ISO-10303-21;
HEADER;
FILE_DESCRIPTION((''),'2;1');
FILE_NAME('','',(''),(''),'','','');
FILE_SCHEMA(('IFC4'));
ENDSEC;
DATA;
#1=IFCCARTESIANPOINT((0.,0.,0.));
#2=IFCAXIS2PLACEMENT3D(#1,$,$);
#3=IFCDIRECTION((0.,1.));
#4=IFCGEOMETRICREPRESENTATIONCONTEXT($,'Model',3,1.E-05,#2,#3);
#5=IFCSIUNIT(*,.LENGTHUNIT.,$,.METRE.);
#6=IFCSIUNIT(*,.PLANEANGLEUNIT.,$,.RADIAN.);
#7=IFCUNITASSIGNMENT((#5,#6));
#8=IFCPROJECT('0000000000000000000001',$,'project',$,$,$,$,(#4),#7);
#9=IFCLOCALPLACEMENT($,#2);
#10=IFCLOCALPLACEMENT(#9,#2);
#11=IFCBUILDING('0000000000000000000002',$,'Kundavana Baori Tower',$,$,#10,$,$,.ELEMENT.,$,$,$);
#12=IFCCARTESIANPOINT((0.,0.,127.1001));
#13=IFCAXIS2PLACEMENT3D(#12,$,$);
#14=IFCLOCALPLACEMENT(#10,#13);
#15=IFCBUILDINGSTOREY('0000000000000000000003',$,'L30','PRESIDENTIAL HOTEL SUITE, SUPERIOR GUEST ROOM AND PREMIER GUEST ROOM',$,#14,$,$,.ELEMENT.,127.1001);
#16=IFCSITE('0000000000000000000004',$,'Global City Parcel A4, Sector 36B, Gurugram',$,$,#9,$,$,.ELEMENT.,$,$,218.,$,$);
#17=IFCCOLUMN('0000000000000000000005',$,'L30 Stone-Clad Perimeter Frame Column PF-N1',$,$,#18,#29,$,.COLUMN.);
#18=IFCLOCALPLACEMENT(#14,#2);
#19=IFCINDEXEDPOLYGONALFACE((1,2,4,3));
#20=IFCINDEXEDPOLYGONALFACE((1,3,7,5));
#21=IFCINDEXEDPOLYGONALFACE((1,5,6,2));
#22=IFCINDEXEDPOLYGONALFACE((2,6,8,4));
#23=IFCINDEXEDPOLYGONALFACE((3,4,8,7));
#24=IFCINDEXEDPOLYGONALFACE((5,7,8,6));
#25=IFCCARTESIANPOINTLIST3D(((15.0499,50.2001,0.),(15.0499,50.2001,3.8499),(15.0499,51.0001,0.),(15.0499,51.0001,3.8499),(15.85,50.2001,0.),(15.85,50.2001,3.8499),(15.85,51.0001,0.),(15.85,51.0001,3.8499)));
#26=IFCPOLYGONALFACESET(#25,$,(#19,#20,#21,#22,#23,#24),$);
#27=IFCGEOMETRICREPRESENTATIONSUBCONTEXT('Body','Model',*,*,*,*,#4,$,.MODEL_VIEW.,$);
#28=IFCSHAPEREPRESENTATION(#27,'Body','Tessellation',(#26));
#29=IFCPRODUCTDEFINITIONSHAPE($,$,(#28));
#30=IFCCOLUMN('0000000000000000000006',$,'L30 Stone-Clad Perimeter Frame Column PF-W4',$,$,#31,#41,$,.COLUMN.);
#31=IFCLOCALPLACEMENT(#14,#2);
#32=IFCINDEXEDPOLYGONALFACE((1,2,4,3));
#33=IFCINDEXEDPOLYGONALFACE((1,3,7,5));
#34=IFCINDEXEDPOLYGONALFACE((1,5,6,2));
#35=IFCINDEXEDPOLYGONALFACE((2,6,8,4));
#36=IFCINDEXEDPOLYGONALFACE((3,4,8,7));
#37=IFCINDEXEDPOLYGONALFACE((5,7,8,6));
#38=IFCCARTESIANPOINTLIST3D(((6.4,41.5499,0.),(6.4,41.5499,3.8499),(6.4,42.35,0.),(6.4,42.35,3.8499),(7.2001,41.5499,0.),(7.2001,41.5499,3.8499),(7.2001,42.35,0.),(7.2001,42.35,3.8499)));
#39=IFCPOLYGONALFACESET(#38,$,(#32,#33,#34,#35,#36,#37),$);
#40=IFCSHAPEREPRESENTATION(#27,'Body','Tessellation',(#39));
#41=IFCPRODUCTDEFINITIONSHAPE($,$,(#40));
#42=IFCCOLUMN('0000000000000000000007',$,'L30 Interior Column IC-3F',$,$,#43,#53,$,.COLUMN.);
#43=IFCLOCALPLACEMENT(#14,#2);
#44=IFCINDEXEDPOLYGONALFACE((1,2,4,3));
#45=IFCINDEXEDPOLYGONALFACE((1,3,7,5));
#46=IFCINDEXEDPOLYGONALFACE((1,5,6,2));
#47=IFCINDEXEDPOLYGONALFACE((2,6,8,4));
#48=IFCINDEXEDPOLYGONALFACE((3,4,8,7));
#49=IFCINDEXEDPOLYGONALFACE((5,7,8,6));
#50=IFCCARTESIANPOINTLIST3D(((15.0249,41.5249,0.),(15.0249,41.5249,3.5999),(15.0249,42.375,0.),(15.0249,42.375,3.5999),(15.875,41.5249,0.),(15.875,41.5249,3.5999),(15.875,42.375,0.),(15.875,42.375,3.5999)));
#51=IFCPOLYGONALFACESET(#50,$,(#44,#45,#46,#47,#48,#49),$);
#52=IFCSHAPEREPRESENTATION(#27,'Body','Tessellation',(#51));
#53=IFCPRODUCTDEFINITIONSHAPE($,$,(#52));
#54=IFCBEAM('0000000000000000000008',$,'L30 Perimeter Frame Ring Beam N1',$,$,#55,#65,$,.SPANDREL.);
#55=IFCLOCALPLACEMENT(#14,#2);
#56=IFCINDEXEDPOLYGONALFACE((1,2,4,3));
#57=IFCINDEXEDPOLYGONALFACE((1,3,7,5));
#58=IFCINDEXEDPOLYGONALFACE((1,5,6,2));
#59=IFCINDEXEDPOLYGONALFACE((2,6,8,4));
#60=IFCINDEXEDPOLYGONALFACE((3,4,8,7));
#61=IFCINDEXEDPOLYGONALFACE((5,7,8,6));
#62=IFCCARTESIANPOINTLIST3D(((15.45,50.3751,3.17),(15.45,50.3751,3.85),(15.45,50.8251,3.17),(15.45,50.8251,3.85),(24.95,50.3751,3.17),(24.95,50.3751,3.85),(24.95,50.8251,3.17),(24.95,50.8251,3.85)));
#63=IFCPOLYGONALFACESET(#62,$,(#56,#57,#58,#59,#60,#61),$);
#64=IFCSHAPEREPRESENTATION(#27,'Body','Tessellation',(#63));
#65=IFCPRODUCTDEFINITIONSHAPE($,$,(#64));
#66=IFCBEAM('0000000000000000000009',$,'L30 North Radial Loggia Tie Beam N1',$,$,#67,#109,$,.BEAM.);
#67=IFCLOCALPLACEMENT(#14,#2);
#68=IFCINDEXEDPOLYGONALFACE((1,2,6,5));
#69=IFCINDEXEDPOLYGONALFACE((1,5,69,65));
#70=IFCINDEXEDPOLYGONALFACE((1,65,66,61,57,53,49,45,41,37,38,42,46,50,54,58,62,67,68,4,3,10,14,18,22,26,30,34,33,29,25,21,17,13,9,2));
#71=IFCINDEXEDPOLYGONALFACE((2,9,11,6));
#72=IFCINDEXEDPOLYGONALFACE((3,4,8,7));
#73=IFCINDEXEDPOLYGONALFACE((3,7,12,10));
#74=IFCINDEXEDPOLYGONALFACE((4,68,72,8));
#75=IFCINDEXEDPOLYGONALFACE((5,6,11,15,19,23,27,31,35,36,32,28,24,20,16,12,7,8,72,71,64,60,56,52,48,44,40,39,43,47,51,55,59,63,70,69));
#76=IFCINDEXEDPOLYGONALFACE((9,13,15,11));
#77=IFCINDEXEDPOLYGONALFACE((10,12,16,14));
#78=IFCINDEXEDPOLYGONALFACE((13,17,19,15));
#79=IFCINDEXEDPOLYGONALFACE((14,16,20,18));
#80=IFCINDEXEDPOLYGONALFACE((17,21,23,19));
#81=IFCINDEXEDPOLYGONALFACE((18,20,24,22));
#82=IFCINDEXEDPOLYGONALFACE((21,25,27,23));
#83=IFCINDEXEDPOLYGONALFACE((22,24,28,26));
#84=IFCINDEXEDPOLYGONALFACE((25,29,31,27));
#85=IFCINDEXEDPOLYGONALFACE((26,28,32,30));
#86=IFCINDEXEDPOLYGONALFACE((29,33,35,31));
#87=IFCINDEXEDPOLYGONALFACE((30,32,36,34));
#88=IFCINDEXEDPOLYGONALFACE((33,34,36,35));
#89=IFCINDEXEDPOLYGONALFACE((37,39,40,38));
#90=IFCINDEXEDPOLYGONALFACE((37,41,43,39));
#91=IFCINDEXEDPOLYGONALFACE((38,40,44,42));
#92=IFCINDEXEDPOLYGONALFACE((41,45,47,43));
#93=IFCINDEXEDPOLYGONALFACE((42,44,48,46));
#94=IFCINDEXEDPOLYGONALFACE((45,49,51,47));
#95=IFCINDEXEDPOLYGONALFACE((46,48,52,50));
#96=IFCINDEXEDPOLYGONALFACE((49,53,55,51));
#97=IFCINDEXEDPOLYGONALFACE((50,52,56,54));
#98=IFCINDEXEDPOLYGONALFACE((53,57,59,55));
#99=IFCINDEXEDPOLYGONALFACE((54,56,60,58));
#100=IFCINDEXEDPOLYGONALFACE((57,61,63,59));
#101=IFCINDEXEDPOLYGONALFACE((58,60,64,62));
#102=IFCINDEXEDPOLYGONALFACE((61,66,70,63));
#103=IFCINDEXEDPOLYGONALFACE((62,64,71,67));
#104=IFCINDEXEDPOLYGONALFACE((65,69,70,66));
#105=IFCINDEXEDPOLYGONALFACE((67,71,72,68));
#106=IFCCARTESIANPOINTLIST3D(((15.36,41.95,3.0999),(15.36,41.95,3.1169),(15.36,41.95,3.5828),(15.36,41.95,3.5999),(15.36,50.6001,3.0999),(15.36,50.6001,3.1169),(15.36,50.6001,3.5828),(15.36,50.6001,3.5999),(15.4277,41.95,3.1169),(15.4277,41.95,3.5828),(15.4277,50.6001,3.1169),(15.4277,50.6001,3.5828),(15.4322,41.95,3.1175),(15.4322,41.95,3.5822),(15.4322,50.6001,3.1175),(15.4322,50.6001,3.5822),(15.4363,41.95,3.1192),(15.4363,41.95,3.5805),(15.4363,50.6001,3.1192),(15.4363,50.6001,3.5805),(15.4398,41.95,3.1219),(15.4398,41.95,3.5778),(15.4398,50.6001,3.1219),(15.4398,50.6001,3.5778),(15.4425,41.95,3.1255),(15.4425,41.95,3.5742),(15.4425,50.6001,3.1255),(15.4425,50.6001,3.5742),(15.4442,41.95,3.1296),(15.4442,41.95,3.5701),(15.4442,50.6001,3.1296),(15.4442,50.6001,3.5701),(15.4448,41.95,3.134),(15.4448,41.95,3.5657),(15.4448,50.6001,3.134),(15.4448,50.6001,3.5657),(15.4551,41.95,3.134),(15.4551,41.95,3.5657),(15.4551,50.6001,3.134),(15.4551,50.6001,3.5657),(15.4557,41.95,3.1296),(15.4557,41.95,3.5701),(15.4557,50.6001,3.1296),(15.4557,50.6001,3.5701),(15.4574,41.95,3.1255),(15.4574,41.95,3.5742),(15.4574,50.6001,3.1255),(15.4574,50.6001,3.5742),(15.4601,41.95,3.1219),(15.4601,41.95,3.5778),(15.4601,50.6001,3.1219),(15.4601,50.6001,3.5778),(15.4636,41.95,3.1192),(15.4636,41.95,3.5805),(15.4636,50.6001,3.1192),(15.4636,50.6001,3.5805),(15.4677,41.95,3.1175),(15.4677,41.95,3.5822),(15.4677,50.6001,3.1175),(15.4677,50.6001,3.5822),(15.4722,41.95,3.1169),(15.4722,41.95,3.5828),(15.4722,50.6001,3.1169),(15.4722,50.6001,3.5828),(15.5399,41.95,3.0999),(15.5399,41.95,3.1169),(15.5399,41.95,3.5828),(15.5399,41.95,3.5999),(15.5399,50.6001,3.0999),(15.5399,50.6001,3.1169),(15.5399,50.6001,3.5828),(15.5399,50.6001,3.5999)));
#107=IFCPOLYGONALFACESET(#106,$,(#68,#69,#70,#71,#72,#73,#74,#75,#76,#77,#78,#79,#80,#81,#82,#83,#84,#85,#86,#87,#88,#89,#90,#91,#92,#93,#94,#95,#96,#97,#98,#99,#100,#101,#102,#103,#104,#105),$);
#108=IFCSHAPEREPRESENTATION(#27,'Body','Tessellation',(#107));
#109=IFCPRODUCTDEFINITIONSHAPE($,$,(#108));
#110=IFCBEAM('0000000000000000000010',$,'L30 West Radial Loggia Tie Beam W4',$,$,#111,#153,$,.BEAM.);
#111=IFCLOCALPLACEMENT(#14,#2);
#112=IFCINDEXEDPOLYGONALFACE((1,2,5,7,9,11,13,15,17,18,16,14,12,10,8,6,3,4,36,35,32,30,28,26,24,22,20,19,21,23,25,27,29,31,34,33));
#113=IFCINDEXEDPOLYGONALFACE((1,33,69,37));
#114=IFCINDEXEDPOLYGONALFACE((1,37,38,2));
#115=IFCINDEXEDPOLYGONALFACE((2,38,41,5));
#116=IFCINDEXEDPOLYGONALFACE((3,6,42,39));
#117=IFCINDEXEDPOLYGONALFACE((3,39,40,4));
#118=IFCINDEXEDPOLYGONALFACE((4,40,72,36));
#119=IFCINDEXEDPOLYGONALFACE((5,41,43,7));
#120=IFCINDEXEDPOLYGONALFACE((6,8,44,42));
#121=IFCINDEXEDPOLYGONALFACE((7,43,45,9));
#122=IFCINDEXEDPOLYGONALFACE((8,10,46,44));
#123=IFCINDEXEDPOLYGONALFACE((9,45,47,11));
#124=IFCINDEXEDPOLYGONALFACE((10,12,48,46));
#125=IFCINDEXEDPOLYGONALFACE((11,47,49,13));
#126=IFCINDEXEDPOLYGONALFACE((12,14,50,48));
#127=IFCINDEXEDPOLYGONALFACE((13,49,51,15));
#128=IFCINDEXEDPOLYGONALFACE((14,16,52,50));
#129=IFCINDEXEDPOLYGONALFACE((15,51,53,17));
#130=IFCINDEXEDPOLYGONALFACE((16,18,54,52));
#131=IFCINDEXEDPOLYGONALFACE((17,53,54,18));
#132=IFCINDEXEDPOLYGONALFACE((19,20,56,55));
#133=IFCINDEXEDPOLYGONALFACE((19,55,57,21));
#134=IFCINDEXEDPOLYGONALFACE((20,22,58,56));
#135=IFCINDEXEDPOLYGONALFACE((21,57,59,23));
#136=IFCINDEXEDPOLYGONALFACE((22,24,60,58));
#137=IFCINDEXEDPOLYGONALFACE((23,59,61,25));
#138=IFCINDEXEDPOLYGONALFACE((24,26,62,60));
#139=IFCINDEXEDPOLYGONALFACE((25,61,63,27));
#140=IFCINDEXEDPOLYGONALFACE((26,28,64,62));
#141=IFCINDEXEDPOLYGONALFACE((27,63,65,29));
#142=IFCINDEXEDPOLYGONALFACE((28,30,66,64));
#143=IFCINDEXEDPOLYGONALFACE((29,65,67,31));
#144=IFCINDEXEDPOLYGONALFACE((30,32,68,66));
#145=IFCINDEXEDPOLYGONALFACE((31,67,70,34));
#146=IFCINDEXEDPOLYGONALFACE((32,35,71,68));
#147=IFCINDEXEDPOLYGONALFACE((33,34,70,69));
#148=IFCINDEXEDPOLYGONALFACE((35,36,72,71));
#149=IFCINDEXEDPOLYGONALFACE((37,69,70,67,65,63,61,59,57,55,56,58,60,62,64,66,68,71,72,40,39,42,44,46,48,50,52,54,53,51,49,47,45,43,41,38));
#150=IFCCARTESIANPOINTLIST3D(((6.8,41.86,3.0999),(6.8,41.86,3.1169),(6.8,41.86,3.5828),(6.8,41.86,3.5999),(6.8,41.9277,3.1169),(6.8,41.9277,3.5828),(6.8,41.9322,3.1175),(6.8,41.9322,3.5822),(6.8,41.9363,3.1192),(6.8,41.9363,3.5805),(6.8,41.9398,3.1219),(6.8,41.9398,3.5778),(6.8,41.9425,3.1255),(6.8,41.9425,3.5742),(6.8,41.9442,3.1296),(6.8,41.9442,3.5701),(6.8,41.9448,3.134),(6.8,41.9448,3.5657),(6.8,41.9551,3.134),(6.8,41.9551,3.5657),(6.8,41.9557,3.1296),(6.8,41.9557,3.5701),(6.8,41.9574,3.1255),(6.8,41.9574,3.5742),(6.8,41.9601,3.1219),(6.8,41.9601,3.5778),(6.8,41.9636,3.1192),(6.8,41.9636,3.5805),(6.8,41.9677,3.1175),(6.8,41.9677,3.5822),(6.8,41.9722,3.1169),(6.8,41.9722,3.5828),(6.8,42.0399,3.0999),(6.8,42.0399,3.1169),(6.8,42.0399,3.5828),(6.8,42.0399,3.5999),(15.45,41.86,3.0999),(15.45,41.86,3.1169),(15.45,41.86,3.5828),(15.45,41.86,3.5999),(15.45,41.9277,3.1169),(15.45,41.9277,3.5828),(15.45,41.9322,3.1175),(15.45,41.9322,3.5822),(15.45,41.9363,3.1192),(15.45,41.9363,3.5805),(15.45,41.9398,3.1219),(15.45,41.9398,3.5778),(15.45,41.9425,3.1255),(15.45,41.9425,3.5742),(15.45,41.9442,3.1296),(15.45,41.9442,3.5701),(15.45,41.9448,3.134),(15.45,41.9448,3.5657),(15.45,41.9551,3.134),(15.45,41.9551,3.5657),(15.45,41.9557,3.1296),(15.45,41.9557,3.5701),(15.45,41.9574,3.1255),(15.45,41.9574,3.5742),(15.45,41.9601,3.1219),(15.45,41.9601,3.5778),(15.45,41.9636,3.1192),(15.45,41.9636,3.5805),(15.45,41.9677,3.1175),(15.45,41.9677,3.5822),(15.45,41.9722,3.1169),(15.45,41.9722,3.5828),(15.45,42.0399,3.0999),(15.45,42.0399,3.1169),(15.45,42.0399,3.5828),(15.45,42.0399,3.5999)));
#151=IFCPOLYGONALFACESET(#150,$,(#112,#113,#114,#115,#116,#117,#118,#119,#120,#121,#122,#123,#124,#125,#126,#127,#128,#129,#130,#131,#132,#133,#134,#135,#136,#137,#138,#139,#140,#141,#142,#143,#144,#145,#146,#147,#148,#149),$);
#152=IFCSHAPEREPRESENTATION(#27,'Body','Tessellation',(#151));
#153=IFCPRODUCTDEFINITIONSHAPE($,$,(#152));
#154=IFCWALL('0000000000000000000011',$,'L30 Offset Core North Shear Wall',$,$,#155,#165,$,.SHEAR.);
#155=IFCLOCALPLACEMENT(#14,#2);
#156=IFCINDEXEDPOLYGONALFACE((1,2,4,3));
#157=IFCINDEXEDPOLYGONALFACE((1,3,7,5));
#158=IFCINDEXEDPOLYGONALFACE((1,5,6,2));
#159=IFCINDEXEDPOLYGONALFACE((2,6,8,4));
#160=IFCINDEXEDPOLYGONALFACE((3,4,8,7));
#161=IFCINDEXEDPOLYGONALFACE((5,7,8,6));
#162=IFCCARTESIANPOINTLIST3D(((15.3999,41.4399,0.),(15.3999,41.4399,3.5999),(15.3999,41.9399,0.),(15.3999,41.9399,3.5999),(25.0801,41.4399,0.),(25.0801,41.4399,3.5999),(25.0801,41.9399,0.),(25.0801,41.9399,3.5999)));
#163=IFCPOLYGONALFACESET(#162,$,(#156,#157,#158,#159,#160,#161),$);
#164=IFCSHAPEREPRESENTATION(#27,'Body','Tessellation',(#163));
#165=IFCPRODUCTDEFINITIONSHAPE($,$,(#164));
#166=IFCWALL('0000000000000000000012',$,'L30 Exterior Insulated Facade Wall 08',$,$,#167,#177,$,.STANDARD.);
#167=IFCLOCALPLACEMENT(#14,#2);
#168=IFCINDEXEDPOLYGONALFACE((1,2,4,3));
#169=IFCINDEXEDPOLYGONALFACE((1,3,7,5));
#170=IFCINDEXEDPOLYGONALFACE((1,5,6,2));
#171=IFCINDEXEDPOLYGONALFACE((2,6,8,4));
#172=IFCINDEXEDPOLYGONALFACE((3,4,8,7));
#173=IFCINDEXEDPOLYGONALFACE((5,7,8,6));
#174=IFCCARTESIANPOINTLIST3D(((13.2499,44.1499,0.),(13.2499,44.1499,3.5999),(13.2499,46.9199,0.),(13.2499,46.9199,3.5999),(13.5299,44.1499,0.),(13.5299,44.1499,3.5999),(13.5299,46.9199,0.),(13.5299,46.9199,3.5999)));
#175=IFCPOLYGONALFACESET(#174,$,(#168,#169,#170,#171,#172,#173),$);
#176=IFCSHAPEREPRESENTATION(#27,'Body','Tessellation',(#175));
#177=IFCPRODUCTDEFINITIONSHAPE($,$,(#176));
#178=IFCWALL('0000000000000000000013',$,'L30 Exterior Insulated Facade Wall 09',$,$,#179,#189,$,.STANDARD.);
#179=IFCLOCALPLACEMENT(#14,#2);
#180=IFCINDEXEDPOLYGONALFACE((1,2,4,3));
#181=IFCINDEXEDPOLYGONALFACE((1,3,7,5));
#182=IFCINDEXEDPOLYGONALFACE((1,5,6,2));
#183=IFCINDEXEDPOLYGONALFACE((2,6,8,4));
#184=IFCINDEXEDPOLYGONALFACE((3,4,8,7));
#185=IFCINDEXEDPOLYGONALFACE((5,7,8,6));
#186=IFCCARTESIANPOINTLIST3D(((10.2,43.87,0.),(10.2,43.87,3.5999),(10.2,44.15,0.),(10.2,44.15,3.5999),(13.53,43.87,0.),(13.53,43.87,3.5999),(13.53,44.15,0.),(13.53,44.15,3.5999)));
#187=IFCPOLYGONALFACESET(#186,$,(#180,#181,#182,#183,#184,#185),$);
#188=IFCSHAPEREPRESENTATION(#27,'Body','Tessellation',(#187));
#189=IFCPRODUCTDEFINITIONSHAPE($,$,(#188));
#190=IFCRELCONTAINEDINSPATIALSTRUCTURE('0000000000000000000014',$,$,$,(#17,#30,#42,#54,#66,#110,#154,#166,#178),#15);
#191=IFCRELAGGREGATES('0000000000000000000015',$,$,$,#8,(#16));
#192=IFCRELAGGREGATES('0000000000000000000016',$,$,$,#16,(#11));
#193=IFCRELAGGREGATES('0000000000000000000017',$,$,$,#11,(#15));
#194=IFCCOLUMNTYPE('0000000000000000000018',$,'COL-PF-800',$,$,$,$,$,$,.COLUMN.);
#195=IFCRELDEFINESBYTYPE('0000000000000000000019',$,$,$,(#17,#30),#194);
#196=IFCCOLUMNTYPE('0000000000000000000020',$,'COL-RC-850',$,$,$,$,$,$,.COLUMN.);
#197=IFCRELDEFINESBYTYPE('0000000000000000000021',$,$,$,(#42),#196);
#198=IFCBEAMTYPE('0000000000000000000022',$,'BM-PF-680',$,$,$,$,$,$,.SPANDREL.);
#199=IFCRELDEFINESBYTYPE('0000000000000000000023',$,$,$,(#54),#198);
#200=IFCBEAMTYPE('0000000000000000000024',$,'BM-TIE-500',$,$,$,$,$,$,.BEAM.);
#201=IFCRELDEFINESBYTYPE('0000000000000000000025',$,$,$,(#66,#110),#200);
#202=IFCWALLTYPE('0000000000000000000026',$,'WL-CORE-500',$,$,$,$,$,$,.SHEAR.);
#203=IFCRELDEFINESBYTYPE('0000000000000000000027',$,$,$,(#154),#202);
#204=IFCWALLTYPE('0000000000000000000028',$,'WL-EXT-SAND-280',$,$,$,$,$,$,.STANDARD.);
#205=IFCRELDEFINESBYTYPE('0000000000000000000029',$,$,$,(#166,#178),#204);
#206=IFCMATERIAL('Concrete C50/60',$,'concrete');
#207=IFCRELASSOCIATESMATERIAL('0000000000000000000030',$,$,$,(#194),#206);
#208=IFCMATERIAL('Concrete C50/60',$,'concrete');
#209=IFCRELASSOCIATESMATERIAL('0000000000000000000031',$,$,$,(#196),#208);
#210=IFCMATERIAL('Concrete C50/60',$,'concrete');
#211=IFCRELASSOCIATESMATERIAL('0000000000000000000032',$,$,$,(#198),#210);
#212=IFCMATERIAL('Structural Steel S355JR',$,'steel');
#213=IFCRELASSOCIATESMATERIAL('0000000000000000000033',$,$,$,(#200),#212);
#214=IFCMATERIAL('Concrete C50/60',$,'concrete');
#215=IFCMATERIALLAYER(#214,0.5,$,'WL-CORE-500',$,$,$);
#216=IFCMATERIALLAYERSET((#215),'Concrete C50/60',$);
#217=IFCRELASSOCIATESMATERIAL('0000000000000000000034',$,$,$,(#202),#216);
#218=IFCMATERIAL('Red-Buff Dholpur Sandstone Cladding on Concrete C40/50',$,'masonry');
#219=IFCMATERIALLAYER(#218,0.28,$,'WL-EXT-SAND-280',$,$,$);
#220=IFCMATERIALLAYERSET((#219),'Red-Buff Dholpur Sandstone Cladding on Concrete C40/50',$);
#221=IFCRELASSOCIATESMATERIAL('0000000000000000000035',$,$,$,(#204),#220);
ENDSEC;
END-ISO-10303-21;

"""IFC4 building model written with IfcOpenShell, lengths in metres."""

from ifc_helpers import new_model, si_unit, direction, frame, frame_2d, origin, origin_2d, place, context, subcontext, project, spatial, rectangle, i_section, extrude, material, layer, layer_set, material_profile, profile_set, type_object, element, save


model = new_model("IFC4")

# Units and contexts
model_context = context("Model", 3, precision=1e-05, world=origin(), true_north=direction((0.0, 1.0)))
body_context = subcontext(model_context, "Body", "Model", "MODEL_VIEW")
ifc_project = project(units=[si_unit("LENGTHUNIT", "METRE"), si_unit("PLANEANGLEUNIT", "RADIAN")], contexts=[model_context])

# Site, building, storey
site_placement = place(None, origin())
site = spatial("IfcSite", under=ifc_project, at=site_placement, Name="Global City Parcel A4, Sector 36B, Gurugram", CompositionType="ELEMENT", RefElevation=218.0)
building_placement = place(site_placement, origin())
building = spatial("IfcBuilding", under=site, at=building_placement, Name="Kundavana Baori Tower", CompositionType="ELEMENT")
storey_placement = place(building_placement, frame((0.0, 0.0, 127.1001)))
storey = spatial("IfcBuildingStorey", under=building, at=storey_placement, Name="L30", Description="PRESIDENTIAL HOTEL SUITE, SUPERIOR GUEST ROOM AND PREMIER GUEST ROOM", CompositionType="ELEMENT", Elevation=127.1001)

# Columns
ifc_material_1 = material(Name="Concrete C50/60", Category="concrete")
ifc_material_profile_1 = material_profile(ifc_material_1, rectangle(XDim=0.8, YDim=0.8, at=origin_2d()), Name="RC PF 800x800")
ifc_profile_set_1 = profile_set([ifc_material_profile_1], Name="Concrete C50/60")
column_type_1 = type_object("IfcColumnType", Name="COL-PF-800", PredefinedType="COLUMN", material=ifc_profile_set_1)
for number, where, z_axis, x_axis, name in (
    (1, (15.45, 50.6001, 0.0), (0.0, 0.0, 1.0), (1.0, 0.0, 0.0), "L30 Stone-Clad Perimeter Frame Column PF-N1"),
    (2, (6.8, 41.95, 0.0), (0.0, 0.0, 1.0), (1.0, 0.0, 0.0), "L30 Stone-Clad Perimeter Frame Column PF-W4"),
):
    element("IfcColumn", number, at=place(storey_placement, frame(where, z_axis=z_axis, x_axis=x_axis)), inside=storey, type_object=column_type_1, Name=name, PredefinedType="COLUMN", context=body_context, shape_type="SweptSolid", body=[
        extrude(rectangle(XDim=0.8, YDim=0.8, at=origin_2d()), origin(), (0.0, 0.0, 1.0), 3.8499),
    ])
ifc_material_2 = material(Name="Concrete C50/60", Category="concrete")
ifc_material_profile_2 = material_profile(ifc_material_2, rectangle(XDim=0.8501, YDim=0.8501, at=origin_2d()), Name="RC 850x850")
ifc_profile_set_2 = profile_set([ifc_material_profile_2], Name="Concrete C50/60")
column_type_2 = type_object("IfcColumnType", Name="COL-RC-850", PredefinedType="COLUMN", material=ifc_profile_set_2)
column_placement = place(storey_placement, frame((15.45, 41.95, 0.0), z_axis=(0.0, 0.0, 1.0), x_axis=(1.0, 0.0, 0.0)))
element("IfcColumn", 3, at=column_placement, inside=storey, type_object=column_type_2, Name="L30 Interior Column IC-3F", PredefinedType="COLUMN", context=body_context, shape_type="SweptSolid", body=[
    extrude(rectangle(XDim=0.8501, YDim=0.8501, at=origin_2d()), origin(), (0.0, 0.0, 1.0), 3.5999),
])

# Beams
ifc_material_3 = material(Name="Concrete C50/60", Category="concrete")
ifc_material_profile_3 = material_profile(ifc_material_3, rectangle(XDim=0.45, YDim=0.6799, at=origin_2d()), Name="RC BM 450x680")
ifc_profile_set_3 = profile_set([ifc_material_profile_3], Name="Concrete C50/60")
beam_type_1 = type_object("IfcBeamType", Name="BM-PF-680", PredefinedType="SPANDREL", material=ifc_profile_set_3)
beam_1_placement = place(storey_placement, frame((15.45, 50.6001, 3.51), z_axis=(1.0, 0.0, 0.0), x_axis=(0.0, 1.0, 0.0)))
element("IfcBeam", 4, at=beam_1_placement, inside=storey, type_object=beam_type_1, Name="L30 Perimeter Frame Ring Beam N1", PredefinedType="SPANDREL", context=body_context, shape_type="SweptSolid", body=[
    extrude(rectangle(XDim=0.45, YDim=0.6799, at=origin_2d()), origin(), (0.0, 0.0, 1.0), 9.5),
])
ifc_material_4 = material(Name="Structural Steel S355JR", Category="steel")
ifc_material_profile_4 = material_profile(ifc_material_4, i_section(OverallWidth=0.1799, OverallDepth=0.5, WebThickness=0.0103, FlangeThickness=0.0171, FilletRadius=0.0171, at=origin_2d()), Name="ISMB 500")
ifc_profile_set_4 = profile_set([ifc_material_profile_4], Name="Structural Steel S355JR")
beam_type_2 = type_object("IfcBeamType", Name="BM-TIE-500", PredefinedType="BEAM", material=ifc_profile_set_4)
beam_2_placement = place(storey_placement, frame((15.45, 41.95, 3.3499), z_axis=(0.0, 1.0, 0.0), x_axis=(-1.0, 0.0, 0.0)))
element("IfcBeam", 5, at=beam_2_placement, inside=storey, type_object=beam_type_2, Name="L30 North Radial Loggia Tie Beam N1", PredefinedType="BEAM", context=body_context, shape_type="SweptSolid", body=[
    extrude(i_section(OverallWidth=0.1799, OverallDepth=0.5, WebThickness=0.0103, FlangeThickness=0.0171, FilletRadius=0.0171, at=origin_2d()), origin(), (0.0, 0.0, 1.0), 8.6501),
])
beam_3_placement = place(storey_placement, frame((15.45, 41.95, 3.3499), z_axis=(-1.0, 0.0, 0.0), x_axis=(0.0, -1.0, 0.0)))
element("IfcBeam", 6, at=beam_3_placement, inside=storey, type_object=beam_type_2, Name="L30 West Radial Loggia Tie Beam W4", PredefinedType="BEAM", context=body_context, shape_type="SweptSolid", body=[
    extrude(i_section(OverallWidth=0.1799, OverallDepth=0.5, WebThickness=0.0103, FlangeThickness=0.0171, FilletRadius=0.0171, at=origin_2d()), origin(), (0.0, 0.0, 1.0), 8.6499),
])

# Walls
ifc_material_5 = material(Name="Concrete C50/60", Category="concrete")
ifc_layer_1 = layer(ifc_material_5, 0.5, Name="WL-CORE-500")
ifc_layer_set_1 = layer_set([ifc_layer_1], Name="Concrete C50/60")
wall_type_1 = type_object("IfcWallType", Name="WL-CORE-500", PredefinedType="SHEAR", material=ifc_layer_set_1)
wall_1_placement = place(storey_placement, frame((15.3999, 41.6899, 0.0), z_axis=(0.0, 0.0, 1.0), x_axis=(1.0, 0.0, 0.0)))
element("IfcWall", 7, at=wall_1_placement, inside=storey, type_object=wall_type_1, Name="L30 Offset Core North Shear Wall", PredefinedType="SHEAR", context=body_context, shape_type="SweptSolid", body=[
    extrude(rectangle(XDim=9.6802, YDim=0.5, at=frame_2d((4.8401, 0.0))), origin(), (0.0, 0.0, 1.0), 3.5999),
])
ifc_material_6 = material(Name="Red-Buff Dholpur Sandstone Cladding on Concrete C40/50", Category="masonry")
ifc_layer_2 = layer(ifc_material_6, 0.28, Name="WL-EXT-SAND-280")
ifc_layer_set_2 = layer_set([ifc_layer_2], Name="Red-Buff Dholpur Sandstone Cladding on Concrete C40/50")
wall_type_2 = type_object("IfcWallType", Name="WL-EXT-SAND-280", PredefinedType="STANDARD", material=ifc_layer_set_2)
wall_2_placement = place(storey_placement, frame((13.3899, 46.9199, 0.0), z_axis=(0.0, 0.0, 1.0), x_axis=(0.0, -1.0, 0.0)))
element("IfcWall", 8, at=wall_2_placement, inside=storey, type_object=wall_type_2, Name="L30 Exterior Insulated Facade Wall 08", PredefinedType="STANDARD", context=body_context, shape_type="SweptSolid", body=[
    extrude(rectangle(XDim=2.77, YDim=0.28, at=frame_2d((1.385, 0.0))), origin(), (0.0, 0.0, 1.0), 3.5999),
])
wall_3_placement = place(storey_placement, frame((13.53, 44.01, 0.0), z_axis=(0.0, 0.0, 1.0), x_axis=(-1.0, 0.0, 0.0)))
element("IfcWall", 9, at=wall_3_placement, inside=storey, type_object=wall_type_2, Name="L30 Exterior Insulated Facade Wall 09", PredefinedType="STANDARD", context=body_context, shape_type="SweptSolid", body=[
    extrude(rectangle(XDim=3.3301, YDim=0.28, at=frame_2d((1.665, 0.0))), origin(), (0.0, 0.0, 1.0), 3.5999),
])

save(model, "model.ifc")
